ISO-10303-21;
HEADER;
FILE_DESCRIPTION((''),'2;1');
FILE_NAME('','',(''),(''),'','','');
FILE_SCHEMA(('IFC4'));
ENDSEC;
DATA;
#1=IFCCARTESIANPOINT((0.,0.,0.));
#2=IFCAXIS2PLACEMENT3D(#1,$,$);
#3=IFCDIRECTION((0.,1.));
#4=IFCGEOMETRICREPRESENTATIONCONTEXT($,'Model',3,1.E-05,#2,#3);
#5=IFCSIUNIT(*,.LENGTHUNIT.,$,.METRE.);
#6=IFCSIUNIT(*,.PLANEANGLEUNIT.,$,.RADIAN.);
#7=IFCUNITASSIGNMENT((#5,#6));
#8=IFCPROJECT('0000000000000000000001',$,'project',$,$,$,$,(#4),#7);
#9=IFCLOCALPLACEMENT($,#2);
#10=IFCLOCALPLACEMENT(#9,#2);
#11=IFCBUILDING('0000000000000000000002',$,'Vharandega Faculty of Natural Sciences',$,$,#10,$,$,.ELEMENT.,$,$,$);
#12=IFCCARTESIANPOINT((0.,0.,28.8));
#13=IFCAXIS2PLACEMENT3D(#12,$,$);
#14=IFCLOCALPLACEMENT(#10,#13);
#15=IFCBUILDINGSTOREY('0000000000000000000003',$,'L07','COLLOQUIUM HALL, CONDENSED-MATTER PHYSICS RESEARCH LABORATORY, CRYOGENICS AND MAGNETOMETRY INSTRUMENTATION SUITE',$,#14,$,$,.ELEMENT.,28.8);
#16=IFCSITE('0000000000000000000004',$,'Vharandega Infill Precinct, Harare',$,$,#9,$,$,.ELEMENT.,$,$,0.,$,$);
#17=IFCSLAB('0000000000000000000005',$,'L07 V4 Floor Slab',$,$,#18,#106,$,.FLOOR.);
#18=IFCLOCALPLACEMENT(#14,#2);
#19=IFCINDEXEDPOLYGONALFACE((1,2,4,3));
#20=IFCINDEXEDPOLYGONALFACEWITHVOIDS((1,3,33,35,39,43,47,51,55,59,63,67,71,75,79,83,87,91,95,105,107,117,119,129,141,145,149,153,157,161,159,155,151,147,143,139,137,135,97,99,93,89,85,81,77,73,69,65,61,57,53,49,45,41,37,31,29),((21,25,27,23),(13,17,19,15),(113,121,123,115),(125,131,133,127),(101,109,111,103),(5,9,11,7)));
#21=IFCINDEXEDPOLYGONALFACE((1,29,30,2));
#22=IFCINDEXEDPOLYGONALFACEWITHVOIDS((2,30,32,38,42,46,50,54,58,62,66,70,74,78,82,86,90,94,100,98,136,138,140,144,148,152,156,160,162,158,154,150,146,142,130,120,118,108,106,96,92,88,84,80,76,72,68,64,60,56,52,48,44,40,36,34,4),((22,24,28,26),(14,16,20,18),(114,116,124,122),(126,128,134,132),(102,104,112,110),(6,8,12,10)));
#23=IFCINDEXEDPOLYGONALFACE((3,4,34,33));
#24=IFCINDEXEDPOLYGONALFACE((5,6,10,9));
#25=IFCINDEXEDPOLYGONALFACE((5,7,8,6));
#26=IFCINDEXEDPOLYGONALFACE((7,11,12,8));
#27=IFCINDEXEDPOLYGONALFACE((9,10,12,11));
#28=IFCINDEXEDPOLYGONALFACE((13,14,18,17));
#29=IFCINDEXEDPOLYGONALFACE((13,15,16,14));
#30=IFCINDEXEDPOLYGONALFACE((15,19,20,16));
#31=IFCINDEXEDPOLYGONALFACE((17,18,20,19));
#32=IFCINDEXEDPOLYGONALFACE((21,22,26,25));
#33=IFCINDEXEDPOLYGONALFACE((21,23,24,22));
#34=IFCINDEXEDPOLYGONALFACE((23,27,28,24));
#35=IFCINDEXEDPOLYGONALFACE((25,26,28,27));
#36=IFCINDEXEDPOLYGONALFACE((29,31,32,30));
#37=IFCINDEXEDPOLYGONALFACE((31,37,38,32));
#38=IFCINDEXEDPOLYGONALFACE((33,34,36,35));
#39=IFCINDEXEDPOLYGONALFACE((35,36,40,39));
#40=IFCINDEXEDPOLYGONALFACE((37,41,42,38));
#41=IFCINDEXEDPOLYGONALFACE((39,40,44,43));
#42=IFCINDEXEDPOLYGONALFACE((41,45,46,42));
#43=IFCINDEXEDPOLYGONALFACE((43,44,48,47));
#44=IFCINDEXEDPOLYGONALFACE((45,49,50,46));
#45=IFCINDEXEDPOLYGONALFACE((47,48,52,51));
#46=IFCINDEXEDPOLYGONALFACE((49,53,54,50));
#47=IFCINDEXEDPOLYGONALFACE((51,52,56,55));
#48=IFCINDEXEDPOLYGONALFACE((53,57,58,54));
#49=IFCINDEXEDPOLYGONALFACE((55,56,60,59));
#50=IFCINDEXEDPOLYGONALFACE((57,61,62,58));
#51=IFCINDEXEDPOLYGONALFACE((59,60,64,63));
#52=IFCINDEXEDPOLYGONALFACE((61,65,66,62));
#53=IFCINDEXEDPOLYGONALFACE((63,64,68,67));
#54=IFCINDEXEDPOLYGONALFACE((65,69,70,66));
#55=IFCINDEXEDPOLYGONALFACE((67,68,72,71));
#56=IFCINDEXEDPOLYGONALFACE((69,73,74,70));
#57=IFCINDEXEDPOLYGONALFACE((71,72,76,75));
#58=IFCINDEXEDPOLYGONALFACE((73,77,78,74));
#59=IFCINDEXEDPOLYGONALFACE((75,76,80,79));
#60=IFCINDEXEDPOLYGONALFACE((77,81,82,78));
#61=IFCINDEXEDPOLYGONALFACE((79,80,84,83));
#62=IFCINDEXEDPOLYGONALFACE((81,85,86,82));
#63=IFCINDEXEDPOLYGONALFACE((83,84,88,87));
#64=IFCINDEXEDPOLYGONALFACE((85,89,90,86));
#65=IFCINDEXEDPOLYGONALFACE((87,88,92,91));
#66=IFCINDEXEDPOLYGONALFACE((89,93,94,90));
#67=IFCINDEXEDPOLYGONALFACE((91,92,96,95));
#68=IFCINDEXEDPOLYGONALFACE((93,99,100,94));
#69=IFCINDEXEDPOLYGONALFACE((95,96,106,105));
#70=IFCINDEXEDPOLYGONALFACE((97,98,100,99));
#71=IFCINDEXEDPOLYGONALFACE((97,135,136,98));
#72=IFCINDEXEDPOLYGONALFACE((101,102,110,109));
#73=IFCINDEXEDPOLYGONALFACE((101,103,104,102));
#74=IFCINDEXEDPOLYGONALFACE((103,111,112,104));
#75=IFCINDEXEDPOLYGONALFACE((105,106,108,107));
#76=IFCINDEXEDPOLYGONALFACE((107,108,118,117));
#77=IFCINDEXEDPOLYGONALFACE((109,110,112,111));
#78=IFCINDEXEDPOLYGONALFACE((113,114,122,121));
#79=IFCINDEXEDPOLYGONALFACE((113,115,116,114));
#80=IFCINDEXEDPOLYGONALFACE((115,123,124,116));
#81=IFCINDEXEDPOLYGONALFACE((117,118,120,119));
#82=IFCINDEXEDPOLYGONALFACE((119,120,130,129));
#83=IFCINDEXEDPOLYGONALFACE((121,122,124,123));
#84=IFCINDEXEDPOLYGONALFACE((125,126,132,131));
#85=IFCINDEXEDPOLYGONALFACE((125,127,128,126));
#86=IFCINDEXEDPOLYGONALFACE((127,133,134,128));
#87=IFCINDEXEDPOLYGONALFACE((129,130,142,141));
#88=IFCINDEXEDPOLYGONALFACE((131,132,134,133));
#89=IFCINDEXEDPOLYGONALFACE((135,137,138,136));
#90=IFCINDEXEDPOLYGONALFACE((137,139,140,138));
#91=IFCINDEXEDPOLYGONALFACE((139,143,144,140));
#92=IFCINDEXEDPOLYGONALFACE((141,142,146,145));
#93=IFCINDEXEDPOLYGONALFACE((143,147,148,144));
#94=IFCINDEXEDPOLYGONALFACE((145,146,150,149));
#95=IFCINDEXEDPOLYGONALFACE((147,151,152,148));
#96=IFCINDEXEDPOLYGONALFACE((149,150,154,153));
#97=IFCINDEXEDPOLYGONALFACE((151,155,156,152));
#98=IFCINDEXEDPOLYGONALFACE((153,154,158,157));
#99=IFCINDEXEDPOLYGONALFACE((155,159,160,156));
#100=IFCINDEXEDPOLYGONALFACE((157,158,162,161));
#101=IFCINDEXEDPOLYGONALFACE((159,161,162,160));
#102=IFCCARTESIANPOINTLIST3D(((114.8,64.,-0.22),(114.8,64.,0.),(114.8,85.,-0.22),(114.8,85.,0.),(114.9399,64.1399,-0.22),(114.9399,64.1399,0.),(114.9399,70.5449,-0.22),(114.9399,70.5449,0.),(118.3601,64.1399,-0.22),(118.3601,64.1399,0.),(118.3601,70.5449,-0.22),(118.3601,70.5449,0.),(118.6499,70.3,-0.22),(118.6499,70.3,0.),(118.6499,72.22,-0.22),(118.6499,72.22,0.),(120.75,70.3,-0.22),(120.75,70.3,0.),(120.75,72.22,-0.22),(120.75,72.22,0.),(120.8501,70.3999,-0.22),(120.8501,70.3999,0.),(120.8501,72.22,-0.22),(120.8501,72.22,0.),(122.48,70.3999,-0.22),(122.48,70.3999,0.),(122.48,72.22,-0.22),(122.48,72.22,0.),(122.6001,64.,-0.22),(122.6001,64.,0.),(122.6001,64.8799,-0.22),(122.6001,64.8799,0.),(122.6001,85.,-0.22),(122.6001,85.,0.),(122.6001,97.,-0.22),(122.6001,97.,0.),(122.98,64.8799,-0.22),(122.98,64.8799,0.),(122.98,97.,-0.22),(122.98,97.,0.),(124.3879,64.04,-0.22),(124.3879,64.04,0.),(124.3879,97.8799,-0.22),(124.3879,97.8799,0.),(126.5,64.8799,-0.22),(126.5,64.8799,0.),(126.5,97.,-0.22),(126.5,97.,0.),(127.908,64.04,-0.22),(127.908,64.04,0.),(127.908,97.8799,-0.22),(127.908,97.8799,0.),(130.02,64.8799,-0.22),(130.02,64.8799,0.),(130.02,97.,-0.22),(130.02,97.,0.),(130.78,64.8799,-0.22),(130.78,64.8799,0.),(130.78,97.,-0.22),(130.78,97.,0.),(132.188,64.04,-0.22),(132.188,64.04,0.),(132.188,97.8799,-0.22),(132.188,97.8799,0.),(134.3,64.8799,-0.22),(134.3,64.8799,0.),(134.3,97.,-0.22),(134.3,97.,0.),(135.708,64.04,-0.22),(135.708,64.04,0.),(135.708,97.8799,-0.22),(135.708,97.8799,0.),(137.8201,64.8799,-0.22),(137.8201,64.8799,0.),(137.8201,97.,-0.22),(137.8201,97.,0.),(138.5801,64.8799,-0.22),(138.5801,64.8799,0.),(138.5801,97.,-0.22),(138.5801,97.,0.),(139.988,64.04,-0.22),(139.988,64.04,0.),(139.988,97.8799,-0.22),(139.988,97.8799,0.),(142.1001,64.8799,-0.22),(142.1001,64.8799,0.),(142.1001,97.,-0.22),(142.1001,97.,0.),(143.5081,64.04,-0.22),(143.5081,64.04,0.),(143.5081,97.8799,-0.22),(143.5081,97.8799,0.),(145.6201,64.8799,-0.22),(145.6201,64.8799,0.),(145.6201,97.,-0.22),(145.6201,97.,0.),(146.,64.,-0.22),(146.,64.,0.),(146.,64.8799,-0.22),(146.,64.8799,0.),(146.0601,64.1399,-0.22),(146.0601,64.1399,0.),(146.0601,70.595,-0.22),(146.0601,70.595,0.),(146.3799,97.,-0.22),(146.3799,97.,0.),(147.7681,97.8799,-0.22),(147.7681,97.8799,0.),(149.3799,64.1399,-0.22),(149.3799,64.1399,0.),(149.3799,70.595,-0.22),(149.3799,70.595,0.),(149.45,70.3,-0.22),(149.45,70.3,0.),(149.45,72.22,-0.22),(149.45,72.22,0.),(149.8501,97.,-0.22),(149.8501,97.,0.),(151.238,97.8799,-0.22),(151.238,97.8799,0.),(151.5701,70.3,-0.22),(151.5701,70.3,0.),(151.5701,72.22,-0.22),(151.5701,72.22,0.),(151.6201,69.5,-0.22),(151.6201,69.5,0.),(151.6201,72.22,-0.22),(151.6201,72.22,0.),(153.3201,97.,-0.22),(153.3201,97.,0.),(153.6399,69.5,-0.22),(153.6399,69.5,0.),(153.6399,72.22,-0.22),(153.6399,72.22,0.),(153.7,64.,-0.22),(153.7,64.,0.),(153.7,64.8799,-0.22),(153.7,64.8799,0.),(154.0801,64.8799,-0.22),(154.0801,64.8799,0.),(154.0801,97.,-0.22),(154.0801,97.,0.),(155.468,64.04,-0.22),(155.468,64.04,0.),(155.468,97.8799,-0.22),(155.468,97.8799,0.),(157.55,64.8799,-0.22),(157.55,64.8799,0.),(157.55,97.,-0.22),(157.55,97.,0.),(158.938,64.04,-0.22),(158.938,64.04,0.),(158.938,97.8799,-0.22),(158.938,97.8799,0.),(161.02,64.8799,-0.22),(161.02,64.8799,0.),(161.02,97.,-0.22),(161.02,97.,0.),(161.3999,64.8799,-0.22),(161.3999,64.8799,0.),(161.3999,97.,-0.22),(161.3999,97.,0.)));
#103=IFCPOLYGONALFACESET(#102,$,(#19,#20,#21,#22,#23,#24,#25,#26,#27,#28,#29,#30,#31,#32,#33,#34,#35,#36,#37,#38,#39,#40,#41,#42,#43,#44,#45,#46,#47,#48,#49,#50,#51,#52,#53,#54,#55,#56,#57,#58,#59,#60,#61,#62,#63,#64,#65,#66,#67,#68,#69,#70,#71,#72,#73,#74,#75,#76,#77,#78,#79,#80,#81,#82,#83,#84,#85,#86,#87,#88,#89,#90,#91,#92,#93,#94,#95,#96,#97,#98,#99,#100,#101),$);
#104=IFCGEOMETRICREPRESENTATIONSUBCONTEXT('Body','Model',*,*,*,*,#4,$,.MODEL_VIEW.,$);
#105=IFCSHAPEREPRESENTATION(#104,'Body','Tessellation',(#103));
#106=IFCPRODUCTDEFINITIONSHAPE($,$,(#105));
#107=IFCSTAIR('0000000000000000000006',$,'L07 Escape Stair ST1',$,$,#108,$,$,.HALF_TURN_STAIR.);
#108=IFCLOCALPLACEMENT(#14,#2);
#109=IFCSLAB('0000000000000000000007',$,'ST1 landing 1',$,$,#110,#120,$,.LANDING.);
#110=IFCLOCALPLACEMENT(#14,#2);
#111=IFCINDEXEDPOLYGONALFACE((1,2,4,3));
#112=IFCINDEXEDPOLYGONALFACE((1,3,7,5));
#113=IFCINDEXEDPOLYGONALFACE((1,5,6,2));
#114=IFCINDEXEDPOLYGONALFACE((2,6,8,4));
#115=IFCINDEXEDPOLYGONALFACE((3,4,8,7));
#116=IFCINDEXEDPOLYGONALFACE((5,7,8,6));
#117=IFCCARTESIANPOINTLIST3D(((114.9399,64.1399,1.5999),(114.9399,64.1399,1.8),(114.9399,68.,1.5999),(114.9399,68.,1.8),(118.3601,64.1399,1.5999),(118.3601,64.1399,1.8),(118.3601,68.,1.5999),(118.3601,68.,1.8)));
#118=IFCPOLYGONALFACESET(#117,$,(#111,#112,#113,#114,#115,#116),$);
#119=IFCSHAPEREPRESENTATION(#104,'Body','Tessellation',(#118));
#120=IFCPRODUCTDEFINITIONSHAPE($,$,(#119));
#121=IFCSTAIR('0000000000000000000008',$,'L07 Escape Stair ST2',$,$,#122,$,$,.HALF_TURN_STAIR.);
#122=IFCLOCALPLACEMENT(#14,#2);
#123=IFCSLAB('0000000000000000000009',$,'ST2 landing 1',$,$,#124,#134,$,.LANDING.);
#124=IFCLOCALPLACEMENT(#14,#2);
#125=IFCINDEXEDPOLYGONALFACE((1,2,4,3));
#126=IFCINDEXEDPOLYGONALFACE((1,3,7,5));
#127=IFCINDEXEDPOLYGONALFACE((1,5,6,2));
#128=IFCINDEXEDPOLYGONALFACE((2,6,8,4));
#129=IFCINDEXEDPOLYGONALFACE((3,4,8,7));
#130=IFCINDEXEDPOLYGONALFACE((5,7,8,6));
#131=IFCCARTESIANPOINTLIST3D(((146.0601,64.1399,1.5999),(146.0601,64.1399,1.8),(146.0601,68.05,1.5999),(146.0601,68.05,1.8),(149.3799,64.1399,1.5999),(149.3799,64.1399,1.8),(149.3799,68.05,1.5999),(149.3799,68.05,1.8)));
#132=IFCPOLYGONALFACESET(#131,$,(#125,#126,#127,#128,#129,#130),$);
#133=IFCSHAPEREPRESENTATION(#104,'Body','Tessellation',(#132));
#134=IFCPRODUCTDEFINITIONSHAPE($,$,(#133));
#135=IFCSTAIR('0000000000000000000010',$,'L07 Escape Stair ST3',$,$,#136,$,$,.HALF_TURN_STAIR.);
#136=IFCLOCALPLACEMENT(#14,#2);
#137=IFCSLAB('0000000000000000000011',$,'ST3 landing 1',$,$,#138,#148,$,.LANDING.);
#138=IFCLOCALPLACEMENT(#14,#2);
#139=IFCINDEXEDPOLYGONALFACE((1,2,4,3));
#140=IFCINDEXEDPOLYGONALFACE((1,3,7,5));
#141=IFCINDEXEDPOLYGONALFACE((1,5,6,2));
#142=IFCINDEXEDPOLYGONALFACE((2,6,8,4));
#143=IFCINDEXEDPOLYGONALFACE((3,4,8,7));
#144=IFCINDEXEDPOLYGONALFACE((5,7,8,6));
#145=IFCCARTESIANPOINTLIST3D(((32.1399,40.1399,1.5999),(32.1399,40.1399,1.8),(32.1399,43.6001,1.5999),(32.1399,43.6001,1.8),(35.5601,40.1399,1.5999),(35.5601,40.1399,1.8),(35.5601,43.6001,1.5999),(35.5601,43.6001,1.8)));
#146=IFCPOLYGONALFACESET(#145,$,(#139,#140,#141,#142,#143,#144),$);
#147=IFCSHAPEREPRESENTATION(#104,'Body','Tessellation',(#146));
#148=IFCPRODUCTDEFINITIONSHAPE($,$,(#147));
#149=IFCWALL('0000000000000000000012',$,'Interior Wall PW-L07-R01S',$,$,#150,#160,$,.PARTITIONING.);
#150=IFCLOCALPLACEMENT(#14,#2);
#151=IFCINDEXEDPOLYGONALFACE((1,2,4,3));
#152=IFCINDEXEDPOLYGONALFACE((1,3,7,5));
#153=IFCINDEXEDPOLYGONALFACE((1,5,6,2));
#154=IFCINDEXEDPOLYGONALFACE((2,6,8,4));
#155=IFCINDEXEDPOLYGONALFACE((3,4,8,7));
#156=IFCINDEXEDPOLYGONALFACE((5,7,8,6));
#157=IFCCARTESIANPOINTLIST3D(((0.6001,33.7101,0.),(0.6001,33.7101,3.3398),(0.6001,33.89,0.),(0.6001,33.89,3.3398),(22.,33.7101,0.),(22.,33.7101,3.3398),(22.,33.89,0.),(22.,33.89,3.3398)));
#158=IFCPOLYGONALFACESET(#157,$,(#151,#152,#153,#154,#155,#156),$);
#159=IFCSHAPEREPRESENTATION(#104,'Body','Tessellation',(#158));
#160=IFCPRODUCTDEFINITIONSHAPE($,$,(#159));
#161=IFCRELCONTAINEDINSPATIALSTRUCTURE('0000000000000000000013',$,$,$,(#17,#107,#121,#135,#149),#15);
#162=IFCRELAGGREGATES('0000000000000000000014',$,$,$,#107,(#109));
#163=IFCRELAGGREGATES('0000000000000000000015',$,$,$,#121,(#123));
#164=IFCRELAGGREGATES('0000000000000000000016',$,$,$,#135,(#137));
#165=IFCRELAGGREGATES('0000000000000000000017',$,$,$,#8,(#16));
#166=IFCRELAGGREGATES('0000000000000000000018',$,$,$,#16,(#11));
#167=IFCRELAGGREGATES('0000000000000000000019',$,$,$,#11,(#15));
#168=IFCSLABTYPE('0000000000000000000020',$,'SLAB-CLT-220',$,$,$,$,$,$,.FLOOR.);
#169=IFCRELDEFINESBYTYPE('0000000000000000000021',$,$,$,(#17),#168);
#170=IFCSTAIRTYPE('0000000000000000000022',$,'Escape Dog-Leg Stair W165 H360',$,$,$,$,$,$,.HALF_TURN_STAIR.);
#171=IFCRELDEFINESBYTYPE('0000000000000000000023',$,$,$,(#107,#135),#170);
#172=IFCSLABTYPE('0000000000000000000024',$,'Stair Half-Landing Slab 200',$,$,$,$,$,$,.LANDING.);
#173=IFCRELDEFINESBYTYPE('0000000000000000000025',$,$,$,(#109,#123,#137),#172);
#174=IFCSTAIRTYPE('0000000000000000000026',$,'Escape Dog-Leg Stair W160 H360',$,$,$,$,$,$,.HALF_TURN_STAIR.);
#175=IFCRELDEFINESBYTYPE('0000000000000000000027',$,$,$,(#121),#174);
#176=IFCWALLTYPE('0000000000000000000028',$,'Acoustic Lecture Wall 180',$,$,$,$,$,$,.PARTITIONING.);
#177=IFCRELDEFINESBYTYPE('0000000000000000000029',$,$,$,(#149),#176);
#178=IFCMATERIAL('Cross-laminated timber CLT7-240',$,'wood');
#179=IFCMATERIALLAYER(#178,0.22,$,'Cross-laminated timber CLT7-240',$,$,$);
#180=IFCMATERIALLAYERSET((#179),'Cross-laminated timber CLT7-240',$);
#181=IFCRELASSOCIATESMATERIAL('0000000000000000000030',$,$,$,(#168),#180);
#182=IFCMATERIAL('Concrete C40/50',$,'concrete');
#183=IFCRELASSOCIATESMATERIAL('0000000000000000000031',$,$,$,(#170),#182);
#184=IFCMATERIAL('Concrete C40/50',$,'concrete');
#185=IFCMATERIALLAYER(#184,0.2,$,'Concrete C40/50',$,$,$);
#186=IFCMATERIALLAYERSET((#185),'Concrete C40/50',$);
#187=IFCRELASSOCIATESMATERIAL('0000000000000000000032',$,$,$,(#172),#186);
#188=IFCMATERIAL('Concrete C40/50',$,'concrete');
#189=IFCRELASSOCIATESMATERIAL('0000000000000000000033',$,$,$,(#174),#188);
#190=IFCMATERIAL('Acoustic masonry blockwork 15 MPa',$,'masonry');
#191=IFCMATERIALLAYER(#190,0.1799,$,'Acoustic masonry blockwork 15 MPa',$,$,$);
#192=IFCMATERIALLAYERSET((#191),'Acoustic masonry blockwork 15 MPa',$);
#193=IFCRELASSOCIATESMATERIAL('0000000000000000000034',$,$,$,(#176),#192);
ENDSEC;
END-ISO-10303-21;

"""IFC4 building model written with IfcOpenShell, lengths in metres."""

from ifc_helpers import new_model, si_unit, direction, frame, frame_2d, origin, place, context, subcontext, project, spatial, polyline, rectangle, outline, extrude, material, layer, layer_set, type_object, element, aggregate, save


model = new_model("IFC4")

# Units and contexts
model_context = context("Model", 3, precision=1e-05, world=origin(), true_north=direction((0.0, 1.0)))
body_context = subcontext(model_context, "Body", "Model", "MODEL_VIEW")
ifc_project = project(units=[si_unit("LENGTHUNIT", "METRE"), si_unit("PLANEANGLEUNIT", "RADIAN")], contexts=[model_context])

# Site, building, storey
site_placement = place(None, origin())
site = spatial("IfcSite", under=ifc_project, at=site_placement, Name="Vharandega Infill Precinct, Harare", CompositionType="ELEMENT", RefElevation=0.0)
building_placement = place(site_placement, origin())
building = spatial("IfcBuilding", under=site, at=building_placement, Name="Vharandega Faculty of Natural Sciences", CompositionType="ELEMENT")
storey_placement = place(building_placement, frame((0.0, 0.0, 28.8)))
storey = spatial("IfcBuildingStorey", under=building, at=storey_placement, Name="L07", Description="COLLOQUIUM HALL, CONDENSED-MATTER PHYSICS RESEARCH LABORATORY, CRYOGENICS AND MAGNETOMETRY INSTRUMENTATION SUITE", CompositionType="ELEMENT", Elevation=28.8)

# Slab
ifc_material_1 = material(Name="Cross-laminated timber CLT7-240", Category="wood")
ifc_layer_1 = layer(ifc_material_1, 0.22, Name="Cross-laminated timber CLT7-240")
ifc_layer_set_1 = layer_set([ifc_layer_1], Name="Cross-laminated timber CLT7-240")
slab_type_1 = type_object("IfcSlabType", Name="SLAB-CLT-220", PredefinedType="FLOOR", material=ifc_layer_set_1)
slab_1_placement = place(storey_placement, frame((0.0, 0.0, -0.22)))
element("IfcSlab", 1, at=slab_1_placement, inside=storey, type_object=slab_type_1, Name="L07 V4 Floor Slab", PredefinedType="FLOOR", context=body_context, shape_type="SweptSolid", body=[
    extrude(outline(polyline([(114.8, 64.0), (122.6001, 64.0), (122.6001, 64.8799), (122.98, 64.8799), (124.3879, 64.04), (126.5, 64.8799), (126.5, 64.8799), (127.908, 64.04), (130.02, 64.8799), (130.78, 64.8799), (132.188, 64.04), (134.3, 64.8799), (134.3, 64.8799), (135.708, 64.04), (137.8201, 64.8799), (138.5801, 64.8799), (139.988, 64.04), (142.1001, 64.8799), (142.1001, 64.8799), (143.5081, 64.04), (145.6201, 64.8799), (146.0, 64.8799), (146.0, 64.0), (153.7, 64.0), (153.7, 64.8799), (154.0801, 64.8799), (155.468, 64.04), (157.55, 64.8799), (157.55, 64.8799), (158.938, 64.04), (161.02, 64.8799), (161.3999, 64.8799), (161.3999, 64.0), (161.3999, 97.0), (161.02, 97.0), (158.938, 97.8799), (157.55, 97.0), (157.55, 97.0), (155.468, 97.8799), (154.0801, 97.0), (153.3201, 97.0), (151.238, 97.8799), (149.8501, 97.0), (149.8501, 97.0), (147.7681, 97.8799), (146.3799, 97.0), (145.6201, 97.0), (143.5081, 97.8799), (142.1001, 97.0), (142.1001, 97.0), (139.988, 97.8799), (138.5801, 97.0), (137.8201, 97.0), (135.708, 97.8799), (134.3, 97.0), (134.3, 97.0), (132.188, 97.8799), (130.78, 97.0), (130.02, 97.0), (127.908, 97.8799), (126.5, 97.0), (126.5, 97.0), (124.3879, 97.8799), (122.98, 97.0), (122.6001, 97.0), (122.6001, 85.0), (114.8, 85.0), (114.8, 64.0)]), holes=[polyline([(114.9399, 70.5449), (114.9399, 64.1399), (118.3601, 64.1399), (118.3601, 70.5449), (114.9399, 70.5449)]), polyline([(118.6499, 70.3), (120.75, 70.3), (120.75, 72.22), (118.6499, 72.22), (118.6499, 70.3)]), polyline([(120.8501, 70.3999), (122.48, 70.3999), (122.48, 72.22), (120.8501, 72.22), (120.8501, 70.3999)]), polyline([(146.0601, 70.595), (146.0601, 64.1399), (149.3799, 64.1399), (149.3799, 70.595), (146.0601, 70.595)]), polyline([(149.45, 70.3), (151.5701, 70.3), (151.5701, 72.22), (149.45, 72.22), (149.45, 70.3)]), polyline([(151.6201, 69.5), (153.6399, 69.5), (153.6399, 72.22), (151.6201, 72.22), (151.6201, 69.5)])]), origin(), (0.0, 0.0, 1.0), 0.22),
])

# Stairs, slabs
ifc_material_2 = material(Name="Concrete C40/50", Category="concrete")
stair_type_1 = type_object("IfcStairType", Name="Escape Dog-Leg Stair W165 H360", PredefinedType="HALF_TURN_STAIR", material=ifc_material_2)
stair_1_placement = place(storey_placement, origin())
stair_1 = element("IfcStair", 2, at=stair_1_placement, inside=storey, type_object=stair_type_1, Name="L07 Escape Stair ST1", PredefinedType="HALF_TURN_STAIR")
ifc_material_3 = material(Name="Concrete C40/50", Category="concrete")
ifc_layer_2 = layer(ifc_material_3, 0.2, Name="Concrete C40/50")
ifc_layer_set_2 = layer_set([ifc_layer_2], Name="Concrete C40/50")
slab_type_2 = type_object("IfcSlabType", Name="Stair Half-Landing Slab 200", PredefinedType="LANDING", material=ifc_layer_set_2)
slab_2_placement = place(storey_placement, frame((0.0, 0.0, 1.5999)))
slab_2 = element("IfcSlab", 3, at=slab_2_placement, type_object=slab_type_2, Name="ST1 landing 1", PredefinedType="LANDING", context=body_context, shape_type="SweptSolid", body=[
    extrude(outline(polyline([(114.9399, 68.0), (114.9399, 64.1399), (118.3601, 64.1399), (118.3601, 68.0), (114.9399, 68.0)])), origin(), (0.0, 0.0, 1.0), 0.2002),
])
aggregate(stair_1, [slab_2])
ifc_material_4 = material(Name="Concrete C40/50", Category="concrete")
stair_type_2 = type_object("IfcStairType", Name="Escape Dog-Leg Stair W160 H360", PredefinedType="HALF_TURN_STAIR", material=ifc_material_4)
stair_2_placement = place(storey_placement, origin())
stair_2 = element("IfcStair", 4, at=stair_2_placement, inside=storey, type_object=stair_type_2, Name="L07 Escape Stair ST2", PredefinedType="HALF_TURN_STAIR")
slab_3_placement = place(storey_placement, frame((0.0, 0.0, 1.5999)))
slab_3 = element("IfcSlab", 5, at=slab_3_placement, type_object=slab_type_2, Name="ST2 landing 1", PredefinedType="LANDING", context=body_context, shape_type="SweptSolid", body=[
    extrude(outline(polyline([(146.0601, 68.05), (146.0601, 64.1399), (149.3799, 64.1399), (149.3799, 68.05), (146.0601, 68.05)])), origin(), (0.0, 0.0, 1.0), 0.2002),
])
aggregate(stair_2, [slab_3])
stair_3_placement = place(storey_placement, origin())
stair_3 = element("IfcStair", 6, at=stair_3_placement, inside=storey, type_object=stair_type_1, Name="L07 Escape Stair ST3", PredefinedType="HALF_TURN_STAIR")
slab_4_placement = place(storey_placement, frame((0.0, 0.0, 1.5999)))
slab_4 = element("IfcSlab", 7, at=slab_4_placement, type_object=slab_type_2, Name="ST3 landing 1", PredefinedType="LANDING", context=body_context, shape_type="SweptSolid", body=[
    extrude(outline(polyline([(32.1399, 43.6001), (32.1399, 40.1399), (35.5601, 40.1399), (35.5601, 43.6001), (32.1399, 43.6001)])), origin(), (0.0, 0.0, 1.0), 0.2002),
])
aggregate(stair_3, [slab_4])

# Wall
ifc_material_5 = material(Name="Acoustic masonry blockwork 15 MPa", Category="masonry")
ifc_layer_3 = layer(ifc_material_5, 0.1799, Name="Acoustic masonry blockwork 15 MPa")
ifc_layer_set_3 = layer_set([ifc_layer_3], Name="Acoustic masonry blockwork 15 MPa")
wall_type_1 = type_object("IfcWallType", Name="Acoustic Lecture Wall 180", PredefinedType="PARTITIONING", material=ifc_layer_set_3)
wall_1_placement = place(storey_placement, frame((0.6001, 33.8, 0.0), z_axis=(0.0, 0.0, 1.0), x_axis=(1.0, 0.0, 0.0)))
element("IfcWall", 8, at=wall_1_placement, inside=storey, type_object=wall_type_1, Name="Interior Wall PW-L07-R01S", PredefinedType="PARTITIONING", context=body_context, shape_type="SweptSolid", body=[
    extrude(rectangle(XDim=21.3999, YDim=0.1799, at=frame_2d((10.7, 0.0))), origin(), (0.0, 0.0, 1.0), 3.3398),
])

save(model, "model.ifc")
